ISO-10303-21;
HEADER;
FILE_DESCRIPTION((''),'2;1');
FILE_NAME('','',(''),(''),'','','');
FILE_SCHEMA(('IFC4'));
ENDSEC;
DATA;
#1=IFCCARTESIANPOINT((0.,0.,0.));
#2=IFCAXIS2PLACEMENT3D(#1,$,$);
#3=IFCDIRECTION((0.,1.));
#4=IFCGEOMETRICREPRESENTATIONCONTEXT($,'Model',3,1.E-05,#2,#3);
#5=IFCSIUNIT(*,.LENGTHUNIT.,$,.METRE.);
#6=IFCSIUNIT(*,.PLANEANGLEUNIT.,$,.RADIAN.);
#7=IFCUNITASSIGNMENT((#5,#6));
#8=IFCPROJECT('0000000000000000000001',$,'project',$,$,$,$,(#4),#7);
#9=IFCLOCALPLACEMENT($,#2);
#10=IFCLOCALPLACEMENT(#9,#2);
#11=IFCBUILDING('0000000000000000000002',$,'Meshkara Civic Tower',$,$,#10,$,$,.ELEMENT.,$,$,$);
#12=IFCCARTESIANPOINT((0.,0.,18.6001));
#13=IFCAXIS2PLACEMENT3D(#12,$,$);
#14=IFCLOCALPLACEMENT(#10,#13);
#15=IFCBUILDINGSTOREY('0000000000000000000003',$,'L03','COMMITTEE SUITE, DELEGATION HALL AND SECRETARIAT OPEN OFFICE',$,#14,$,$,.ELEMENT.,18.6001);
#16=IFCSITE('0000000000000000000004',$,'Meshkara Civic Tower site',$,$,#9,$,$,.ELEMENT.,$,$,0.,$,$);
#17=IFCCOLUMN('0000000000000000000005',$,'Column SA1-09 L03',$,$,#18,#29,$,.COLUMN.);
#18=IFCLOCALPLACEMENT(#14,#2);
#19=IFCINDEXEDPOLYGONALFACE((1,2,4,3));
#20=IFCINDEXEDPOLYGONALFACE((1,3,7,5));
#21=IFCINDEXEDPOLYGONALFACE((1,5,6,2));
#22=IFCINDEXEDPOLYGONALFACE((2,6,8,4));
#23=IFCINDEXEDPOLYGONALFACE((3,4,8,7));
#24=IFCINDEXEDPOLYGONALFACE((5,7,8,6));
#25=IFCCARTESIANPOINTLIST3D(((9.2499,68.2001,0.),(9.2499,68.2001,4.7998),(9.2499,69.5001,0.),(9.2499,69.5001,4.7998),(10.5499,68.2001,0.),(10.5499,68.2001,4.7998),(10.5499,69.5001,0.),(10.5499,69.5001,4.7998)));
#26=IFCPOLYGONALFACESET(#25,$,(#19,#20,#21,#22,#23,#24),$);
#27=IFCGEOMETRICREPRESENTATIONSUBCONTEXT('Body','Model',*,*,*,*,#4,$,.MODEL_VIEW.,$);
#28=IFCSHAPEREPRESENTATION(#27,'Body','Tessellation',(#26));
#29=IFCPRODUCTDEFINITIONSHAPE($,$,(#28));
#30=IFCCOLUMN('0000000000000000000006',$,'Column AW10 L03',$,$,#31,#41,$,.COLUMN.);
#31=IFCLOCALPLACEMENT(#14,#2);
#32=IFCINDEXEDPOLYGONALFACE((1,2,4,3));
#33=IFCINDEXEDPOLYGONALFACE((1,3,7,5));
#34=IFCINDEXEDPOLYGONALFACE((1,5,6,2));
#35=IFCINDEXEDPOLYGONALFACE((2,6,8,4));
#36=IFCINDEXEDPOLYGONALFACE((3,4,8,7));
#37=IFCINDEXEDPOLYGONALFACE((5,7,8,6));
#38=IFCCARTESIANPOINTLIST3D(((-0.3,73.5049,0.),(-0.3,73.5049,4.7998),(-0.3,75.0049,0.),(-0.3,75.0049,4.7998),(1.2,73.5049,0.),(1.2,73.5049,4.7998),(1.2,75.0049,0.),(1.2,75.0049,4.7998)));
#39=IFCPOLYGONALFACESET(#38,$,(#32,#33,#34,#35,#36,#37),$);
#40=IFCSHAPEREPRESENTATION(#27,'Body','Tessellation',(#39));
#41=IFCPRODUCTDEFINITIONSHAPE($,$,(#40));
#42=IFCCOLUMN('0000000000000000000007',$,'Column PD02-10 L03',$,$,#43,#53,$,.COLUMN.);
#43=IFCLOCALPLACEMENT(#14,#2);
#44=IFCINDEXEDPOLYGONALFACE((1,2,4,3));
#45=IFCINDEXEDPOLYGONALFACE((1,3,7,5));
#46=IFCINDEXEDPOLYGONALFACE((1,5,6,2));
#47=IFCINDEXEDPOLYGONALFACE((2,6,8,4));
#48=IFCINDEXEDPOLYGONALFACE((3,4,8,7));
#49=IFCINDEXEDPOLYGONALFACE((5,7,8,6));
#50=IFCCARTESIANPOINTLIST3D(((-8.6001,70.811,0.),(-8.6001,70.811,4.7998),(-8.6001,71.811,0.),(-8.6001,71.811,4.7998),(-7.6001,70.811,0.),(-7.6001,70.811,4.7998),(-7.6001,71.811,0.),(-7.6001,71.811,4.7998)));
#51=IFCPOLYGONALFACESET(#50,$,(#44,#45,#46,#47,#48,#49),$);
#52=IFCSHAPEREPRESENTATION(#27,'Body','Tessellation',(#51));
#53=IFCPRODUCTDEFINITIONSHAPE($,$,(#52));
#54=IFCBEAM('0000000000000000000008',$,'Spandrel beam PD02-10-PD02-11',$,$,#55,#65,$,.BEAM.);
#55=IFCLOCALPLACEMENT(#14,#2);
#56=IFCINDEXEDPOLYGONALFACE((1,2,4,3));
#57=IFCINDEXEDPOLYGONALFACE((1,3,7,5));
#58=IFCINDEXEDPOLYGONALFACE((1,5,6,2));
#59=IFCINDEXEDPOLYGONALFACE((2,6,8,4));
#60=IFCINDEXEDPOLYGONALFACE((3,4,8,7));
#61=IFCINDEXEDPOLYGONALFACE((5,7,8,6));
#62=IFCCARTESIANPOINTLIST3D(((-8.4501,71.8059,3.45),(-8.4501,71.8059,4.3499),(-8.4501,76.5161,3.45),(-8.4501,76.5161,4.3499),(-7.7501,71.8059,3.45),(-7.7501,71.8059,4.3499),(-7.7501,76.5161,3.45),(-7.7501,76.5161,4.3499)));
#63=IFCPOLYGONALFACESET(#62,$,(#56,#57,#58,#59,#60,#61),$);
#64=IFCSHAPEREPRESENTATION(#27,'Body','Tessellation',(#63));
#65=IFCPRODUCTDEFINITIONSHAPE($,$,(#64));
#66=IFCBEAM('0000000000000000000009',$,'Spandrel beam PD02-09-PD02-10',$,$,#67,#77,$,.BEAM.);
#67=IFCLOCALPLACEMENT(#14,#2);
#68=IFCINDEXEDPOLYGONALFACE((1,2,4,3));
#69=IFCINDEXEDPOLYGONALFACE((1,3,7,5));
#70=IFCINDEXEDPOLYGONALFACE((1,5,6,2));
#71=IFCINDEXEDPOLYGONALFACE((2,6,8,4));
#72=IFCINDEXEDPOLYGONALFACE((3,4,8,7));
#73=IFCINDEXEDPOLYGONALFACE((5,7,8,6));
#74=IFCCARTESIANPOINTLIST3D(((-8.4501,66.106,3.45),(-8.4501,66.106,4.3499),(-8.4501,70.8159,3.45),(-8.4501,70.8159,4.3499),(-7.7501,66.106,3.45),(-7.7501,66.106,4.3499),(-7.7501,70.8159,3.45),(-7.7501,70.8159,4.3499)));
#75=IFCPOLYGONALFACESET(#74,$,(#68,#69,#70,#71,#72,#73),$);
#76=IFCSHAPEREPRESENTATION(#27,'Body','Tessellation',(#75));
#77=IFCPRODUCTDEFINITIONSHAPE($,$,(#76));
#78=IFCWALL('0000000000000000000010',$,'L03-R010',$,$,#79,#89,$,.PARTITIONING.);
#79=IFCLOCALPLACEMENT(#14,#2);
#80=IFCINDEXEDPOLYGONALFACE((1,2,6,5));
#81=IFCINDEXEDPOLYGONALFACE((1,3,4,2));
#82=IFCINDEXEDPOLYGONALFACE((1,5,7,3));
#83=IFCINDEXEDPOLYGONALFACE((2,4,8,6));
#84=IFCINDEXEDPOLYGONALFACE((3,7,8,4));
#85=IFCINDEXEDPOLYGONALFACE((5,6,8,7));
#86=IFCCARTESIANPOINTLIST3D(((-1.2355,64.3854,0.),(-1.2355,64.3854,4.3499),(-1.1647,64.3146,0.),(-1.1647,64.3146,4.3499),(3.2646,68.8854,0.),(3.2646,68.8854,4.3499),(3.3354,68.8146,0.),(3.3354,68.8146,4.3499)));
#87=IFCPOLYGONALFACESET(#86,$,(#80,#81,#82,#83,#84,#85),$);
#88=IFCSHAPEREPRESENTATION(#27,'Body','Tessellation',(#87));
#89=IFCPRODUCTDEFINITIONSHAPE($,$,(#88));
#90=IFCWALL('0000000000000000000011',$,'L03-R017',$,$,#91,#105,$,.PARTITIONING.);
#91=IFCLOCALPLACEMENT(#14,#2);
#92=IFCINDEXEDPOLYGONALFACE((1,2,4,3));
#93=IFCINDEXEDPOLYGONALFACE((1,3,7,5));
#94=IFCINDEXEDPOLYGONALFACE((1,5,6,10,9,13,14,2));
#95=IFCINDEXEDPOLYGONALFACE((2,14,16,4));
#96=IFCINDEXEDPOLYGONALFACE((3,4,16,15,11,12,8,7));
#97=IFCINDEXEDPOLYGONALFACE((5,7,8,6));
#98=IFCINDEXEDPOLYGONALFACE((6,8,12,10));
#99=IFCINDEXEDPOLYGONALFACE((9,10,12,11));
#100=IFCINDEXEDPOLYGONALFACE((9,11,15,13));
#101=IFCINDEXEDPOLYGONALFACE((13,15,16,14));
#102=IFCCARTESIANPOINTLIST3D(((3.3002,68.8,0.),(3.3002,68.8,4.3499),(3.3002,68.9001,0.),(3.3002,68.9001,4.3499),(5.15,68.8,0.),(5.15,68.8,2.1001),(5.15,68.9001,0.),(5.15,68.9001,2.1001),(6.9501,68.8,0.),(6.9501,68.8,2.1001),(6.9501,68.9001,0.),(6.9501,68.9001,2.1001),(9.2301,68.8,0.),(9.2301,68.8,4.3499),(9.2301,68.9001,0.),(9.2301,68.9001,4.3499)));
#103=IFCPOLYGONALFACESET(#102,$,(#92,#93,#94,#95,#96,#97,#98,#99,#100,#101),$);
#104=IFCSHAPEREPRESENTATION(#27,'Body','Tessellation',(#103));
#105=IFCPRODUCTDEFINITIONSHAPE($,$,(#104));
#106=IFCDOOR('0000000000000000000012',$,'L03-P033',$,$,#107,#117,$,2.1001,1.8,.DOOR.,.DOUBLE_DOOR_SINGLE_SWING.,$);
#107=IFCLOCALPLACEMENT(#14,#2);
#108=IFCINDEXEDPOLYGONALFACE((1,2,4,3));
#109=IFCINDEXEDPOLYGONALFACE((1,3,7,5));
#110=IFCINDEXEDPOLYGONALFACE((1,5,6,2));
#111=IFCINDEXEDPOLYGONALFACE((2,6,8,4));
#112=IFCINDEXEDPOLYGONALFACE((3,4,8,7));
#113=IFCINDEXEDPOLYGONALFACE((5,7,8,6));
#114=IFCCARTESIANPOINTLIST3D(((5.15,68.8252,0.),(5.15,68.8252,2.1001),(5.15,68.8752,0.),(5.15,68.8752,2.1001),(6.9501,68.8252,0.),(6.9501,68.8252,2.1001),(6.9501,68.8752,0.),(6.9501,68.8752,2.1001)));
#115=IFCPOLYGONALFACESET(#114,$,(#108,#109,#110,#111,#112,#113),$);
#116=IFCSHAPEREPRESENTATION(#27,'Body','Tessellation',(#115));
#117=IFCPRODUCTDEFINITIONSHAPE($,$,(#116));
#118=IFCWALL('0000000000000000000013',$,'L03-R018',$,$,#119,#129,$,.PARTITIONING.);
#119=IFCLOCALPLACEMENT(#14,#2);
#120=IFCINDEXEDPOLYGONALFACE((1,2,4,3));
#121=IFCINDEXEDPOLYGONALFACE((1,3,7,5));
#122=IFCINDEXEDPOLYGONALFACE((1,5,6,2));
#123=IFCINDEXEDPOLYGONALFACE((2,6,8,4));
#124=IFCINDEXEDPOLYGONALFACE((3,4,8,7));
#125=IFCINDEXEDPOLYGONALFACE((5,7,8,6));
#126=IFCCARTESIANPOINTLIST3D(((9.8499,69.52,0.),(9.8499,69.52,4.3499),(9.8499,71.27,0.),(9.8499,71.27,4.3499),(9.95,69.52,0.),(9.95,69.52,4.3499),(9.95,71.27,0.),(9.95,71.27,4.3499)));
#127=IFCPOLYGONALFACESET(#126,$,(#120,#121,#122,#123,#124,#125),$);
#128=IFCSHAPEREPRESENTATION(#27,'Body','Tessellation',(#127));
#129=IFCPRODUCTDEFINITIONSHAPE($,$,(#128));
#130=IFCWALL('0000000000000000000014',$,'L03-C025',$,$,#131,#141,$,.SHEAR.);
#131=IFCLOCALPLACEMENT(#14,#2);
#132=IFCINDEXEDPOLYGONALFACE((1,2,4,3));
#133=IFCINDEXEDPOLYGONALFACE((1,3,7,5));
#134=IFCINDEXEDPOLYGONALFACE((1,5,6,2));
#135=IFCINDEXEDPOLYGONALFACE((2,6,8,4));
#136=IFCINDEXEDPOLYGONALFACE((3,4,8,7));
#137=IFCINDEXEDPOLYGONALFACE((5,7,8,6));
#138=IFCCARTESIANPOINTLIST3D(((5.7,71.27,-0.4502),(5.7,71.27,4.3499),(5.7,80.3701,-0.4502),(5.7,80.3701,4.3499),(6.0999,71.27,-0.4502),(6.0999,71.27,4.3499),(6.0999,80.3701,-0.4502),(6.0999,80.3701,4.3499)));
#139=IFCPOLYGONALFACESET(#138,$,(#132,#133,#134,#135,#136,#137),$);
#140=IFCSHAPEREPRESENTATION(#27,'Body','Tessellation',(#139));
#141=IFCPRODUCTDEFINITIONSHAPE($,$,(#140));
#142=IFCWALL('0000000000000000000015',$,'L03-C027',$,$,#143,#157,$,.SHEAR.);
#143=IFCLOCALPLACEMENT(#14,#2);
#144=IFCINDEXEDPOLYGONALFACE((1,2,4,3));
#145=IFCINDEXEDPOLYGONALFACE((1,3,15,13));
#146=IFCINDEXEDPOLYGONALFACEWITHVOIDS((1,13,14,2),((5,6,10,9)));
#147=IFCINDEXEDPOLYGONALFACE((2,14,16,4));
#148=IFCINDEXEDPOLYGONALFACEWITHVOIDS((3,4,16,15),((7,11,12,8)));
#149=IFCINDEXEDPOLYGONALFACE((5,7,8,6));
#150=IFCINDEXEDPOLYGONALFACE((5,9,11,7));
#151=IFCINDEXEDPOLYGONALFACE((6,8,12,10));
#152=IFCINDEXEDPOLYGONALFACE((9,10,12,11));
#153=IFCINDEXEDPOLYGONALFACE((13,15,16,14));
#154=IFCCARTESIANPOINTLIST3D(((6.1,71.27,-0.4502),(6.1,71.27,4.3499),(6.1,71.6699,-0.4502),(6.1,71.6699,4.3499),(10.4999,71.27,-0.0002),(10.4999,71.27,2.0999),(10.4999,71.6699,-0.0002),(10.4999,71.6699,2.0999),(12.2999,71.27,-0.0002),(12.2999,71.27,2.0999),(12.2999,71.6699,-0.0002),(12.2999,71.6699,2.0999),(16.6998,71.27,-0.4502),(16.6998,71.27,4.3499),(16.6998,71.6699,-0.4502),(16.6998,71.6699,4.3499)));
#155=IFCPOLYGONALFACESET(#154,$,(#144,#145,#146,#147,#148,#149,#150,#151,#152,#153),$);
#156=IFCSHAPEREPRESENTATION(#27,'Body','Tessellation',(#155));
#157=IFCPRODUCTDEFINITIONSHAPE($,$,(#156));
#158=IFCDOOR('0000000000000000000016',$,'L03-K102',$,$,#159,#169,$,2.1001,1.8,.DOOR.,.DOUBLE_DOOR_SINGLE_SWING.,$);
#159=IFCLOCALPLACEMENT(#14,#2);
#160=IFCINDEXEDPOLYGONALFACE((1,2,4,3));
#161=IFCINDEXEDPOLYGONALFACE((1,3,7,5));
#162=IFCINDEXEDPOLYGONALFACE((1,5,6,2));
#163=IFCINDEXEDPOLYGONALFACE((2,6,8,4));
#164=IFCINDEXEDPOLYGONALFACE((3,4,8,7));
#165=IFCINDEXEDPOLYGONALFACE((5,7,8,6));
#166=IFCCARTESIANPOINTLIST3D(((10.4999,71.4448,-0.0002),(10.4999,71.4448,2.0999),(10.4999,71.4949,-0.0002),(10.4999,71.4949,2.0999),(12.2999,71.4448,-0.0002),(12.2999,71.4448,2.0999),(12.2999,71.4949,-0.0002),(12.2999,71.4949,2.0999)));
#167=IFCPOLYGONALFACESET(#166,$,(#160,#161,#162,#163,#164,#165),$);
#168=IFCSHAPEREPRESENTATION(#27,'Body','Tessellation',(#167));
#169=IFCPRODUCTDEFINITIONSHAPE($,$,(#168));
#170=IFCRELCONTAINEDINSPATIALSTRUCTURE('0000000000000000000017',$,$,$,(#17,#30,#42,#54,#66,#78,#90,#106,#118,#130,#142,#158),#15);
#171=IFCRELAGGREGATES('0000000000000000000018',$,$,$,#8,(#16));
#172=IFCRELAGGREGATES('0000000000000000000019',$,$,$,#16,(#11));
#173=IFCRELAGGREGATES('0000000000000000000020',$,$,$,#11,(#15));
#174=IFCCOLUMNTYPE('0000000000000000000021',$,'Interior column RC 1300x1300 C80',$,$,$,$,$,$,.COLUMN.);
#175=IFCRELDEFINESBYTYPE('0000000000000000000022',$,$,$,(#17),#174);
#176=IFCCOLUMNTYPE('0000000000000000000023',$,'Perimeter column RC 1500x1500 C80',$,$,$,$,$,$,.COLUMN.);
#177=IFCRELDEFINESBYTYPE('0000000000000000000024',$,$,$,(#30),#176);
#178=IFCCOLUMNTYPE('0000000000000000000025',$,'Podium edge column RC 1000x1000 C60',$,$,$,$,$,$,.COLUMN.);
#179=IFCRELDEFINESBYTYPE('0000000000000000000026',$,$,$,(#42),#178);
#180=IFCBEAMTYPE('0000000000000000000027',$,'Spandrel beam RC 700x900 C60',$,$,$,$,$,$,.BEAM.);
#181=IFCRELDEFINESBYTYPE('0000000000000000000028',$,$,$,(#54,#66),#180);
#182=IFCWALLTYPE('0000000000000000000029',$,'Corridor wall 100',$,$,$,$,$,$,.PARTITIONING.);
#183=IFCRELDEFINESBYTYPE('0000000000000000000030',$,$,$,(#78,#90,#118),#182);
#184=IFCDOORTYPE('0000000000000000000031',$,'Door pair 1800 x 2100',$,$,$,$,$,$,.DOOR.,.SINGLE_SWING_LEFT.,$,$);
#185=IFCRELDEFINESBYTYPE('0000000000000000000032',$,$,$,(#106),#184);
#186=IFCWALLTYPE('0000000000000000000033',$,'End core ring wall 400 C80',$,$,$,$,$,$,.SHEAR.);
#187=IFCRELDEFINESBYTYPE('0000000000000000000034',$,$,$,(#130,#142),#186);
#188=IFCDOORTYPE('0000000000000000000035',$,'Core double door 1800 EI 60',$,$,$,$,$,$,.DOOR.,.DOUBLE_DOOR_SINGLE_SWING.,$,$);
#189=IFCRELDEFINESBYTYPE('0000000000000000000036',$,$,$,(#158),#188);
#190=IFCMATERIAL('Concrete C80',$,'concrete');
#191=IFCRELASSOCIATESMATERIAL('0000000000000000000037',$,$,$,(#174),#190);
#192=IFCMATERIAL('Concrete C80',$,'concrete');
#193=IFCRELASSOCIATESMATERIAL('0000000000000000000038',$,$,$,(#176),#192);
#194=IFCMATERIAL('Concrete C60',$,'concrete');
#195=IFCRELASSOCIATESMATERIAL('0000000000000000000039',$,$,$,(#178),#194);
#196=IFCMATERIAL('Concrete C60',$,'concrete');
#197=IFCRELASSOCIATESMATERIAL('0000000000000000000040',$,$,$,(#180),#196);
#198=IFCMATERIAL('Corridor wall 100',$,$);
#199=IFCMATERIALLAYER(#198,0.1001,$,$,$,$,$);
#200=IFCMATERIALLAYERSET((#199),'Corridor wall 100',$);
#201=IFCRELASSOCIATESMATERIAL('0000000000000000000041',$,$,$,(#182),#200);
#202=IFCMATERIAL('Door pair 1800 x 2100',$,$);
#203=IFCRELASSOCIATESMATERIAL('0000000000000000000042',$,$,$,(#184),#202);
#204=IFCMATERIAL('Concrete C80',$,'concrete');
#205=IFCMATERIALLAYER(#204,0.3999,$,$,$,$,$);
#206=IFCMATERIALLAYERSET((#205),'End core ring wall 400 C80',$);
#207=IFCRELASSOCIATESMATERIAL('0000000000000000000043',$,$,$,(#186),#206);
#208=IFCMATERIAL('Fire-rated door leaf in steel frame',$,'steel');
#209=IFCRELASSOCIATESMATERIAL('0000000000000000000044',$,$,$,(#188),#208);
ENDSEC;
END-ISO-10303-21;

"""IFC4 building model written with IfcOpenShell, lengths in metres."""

from ifc_helpers import new_model, si_unit, direction, frame, frame_2d, origin, origin_2d, place, context, subcontext, project, spatial, rectangle, extrude, material, layer, layer_set, material_profile, profile_set, type_object, element, fill, save


model = new_model("IFC4")

# Units and contexts
model_context = context("Model", 3, precision=1e-05, world=origin(), true_north=direction((0.0, 1.0)))
body_context = subcontext(model_context, "Body", "Model", "MODEL_VIEW")
ifc_project = project(units=[si_unit("LENGTHUNIT", "METRE"), si_unit("PLANEANGLEUNIT", "RADIAN")], contexts=[model_context])

# Site, building, storey
site_placement = place(None, origin())
site = spatial("IfcSite", under=ifc_project, at=site_placement, Name="Meshkara Civic Tower site", CompositionType="ELEMENT", RefElevation=0.0)
building_placement = place(site_placement, origin())
building = spatial("IfcBuilding", under=site, at=building_placement, Name="Meshkara Civic Tower", CompositionType="ELEMENT")
storey_placement = place(building_placement, frame((0.0, 0.0, 18.6001)))
storey = spatial("IfcBuildingStorey", under=building, at=storey_placement, Name="L03", Description="COMMITTEE SUITE, DELEGATION HALL AND SECRETARIAT OPEN OFFICE", CompositionType="ELEMENT", Elevation=18.6001)

# Columns
ifc_material_1 = material(Name="Concrete C80", Category="concrete")
ifc_material_profile_1 = material_profile(ifc_material_1, rectangle(XDim=1.3, YDim=1.3, at=origin_2d()))
ifc_profile_set_1 = profile_set([ifc_material_profile_1], Name="Concrete C80")
column_type_1 = type_object("IfcColumnType", Name="Interior column RC 1300x1300 C80", PredefinedType="COLUMN", material=ifc_profile_set_1)
column_1_placement = place(storey_placement, frame((9.8999, 68.8501, 0.0), z_axis=(0.0, 0.0, 1.0), x_axis=(1.0, 0.0, 0.0)))
element("IfcColumn", 1, at=column_1_placement, inside=storey, type_object=column_type_1, Name="Column SA1-09 L03", PredefinedType="COLUMN", context=body_context, shape_type="SweptSolid", body=[
    extrude(rectangle(XDim=1.3, YDim=1.3, at=origin_2d()), origin(), (0.0, 0.0, 1.0), 4.7998),
])
ifc_material_2 = material(Name="Concrete C80", Category="concrete")
ifc_material_profile_2 = material_profile(ifc_material_2, rectangle(XDim=1.5, YDim=1.5, at=origin_2d()))
ifc_profile_set_2 = profile_set([ifc_material_profile_2], Name="Concrete C80")
column_type_2 = type_object("IfcColumnType", Name="Perimeter column RC 1500x1500 C80", PredefinedType="COLUMN", material=ifc_profile_set_2)
column_2_placement = place(storey_placement, frame((0.45, 74.2549, 0.0), z_axis=(0.0, 0.0, 1.0), x_axis=(1.0, 0.0, 0.0)))
element("IfcColumn", 2, at=column_2_placement, inside=storey, type_object=column_type_2, Name="Column AW10 L03", PredefinedType="COLUMN", context=body_context, shape_type="SweptSolid", body=[
    extrude(rectangle(XDim=1.5, YDim=1.5, at=origin_2d()), origin(), (0.0, 0.0, 1.0), 4.7998),
])
ifc_material_3 = material(Name="Concrete C60", Category="concrete")
ifc_material_profile_3 = material_profile(ifc_material_3, rectangle(XDim=1.0, YDim=1.0, at=origin_2d()))
ifc_profile_set_3 = profile_set([ifc_material_profile_3], Name="Concrete C60")
column_type_3 = type_object("IfcColumnType", Name="Podium edge column RC 1000x1000 C60", PredefinedType="COLUMN", material=ifc_profile_set_3)
column_3_placement = place(storey_placement, frame((-8.1001, 71.311, 0.0), z_axis=(0.0, 0.0, 1.0), x_axis=(1.0, 0.0, 0.0)))
element("IfcColumn", 3, at=column_3_placement, inside=storey, type_object=column_type_3, Name="Column PD02-10 L03", PredefinedType="COLUMN", context=body_context, shape_type="SweptSolid", body=[
    extrude(rectangle(XDim=1.0, YDim=1.0, at=origin_2d()), origin(), (0.0, 0.0, 1.0), 4.7998),
])

# Beams
ifc_material_4 = material(Name="Concrete C60", Category="concrete")
ifc_material_profile_4 = material_profile(ifc_material_4, rectangle(XDim=0.7, YDim=0.8999, at=origin_2d()))
ifc_profile_set_4 = profile_set([ifc_material_profile_4], Name="Concrete C60")
beam_type = type_object("IfcBeamType", Name="Spandrel beam RC 700x900 C60", PredefinedType="BEAM", material=ifc_profile_set_4)
beam_1_placement = place(storey_placement, frame((-8.1001, 76.5161, 3.8999), z_axis=(0.0, -1.0, 0.0), x_axis=(1.0, 0.0, 0.0)))
element("IfcBeam", 4, at=beam_1_placement, inside=storey, type_object=beam_type, Name="Spandrel beam PD02-10-PD02-11", PredefinedType="BEAM", context=body_context, shape_type="SweptSolid", body=[
    extrude(rectangle(XDim=0.7, YDim=0.8999, at=origin_2d()), origin(), (0.0, 0.0, 1.0), 4.7102),
])
beam_2_placement = place(storey_placement, frame((-8.1001, 70.8159, 3.8999), z_axis=(0.0, -1.0, 0.0), x_axis=(1.0, 0.0, 0.0)))
element("IfcBeam", 5, at=beam_2_placement, inside=storey, type_object=beam_type, Name="Spandrel beam PD02-09-PD02-10", PredefinedType="BEAM", context=body_context, shape_type="SweptSolid", body=[
    extrude(rectangle(XDim=0.7, YDim=0.8999, at=origin_2d()), origin(), (0.0, 0.0, 1.0), 4.71),
])

# Wall
ifc_material_5 = material(Name="Corridor wall 100")
ifc_layer_1 = layer(ifc_material_5, 0.1001)
ifc_layer_set_1 = layer_set([ifc_layer_1], Name="Corridor wall 100")
wall_type_1 = type_object("IfcWallType", Name="Corridor wall 100", PredefinedType="PARTITIONING", material=ifc_layer_set_1)
wall_1_placement = place(storey_placement, frame((3.3, 68.8501, 0.0), z_axis=(0.0, 0.0, 1.0), x_axis=(-0.707107, -0.707107, 0.0)))
element("IfcWall", 6, at=wall_1_placement, inside=storey, type_object=wall_type_1, Name="L03-R010", PredefinedType="PARTITIONING", context=body_context, shape_type="SweptSolid", body=[
    extrude(rectangle(XDim=6.364, YDim=0.1001, at=frame_2d((3.1821, 0.0))), origin(), (0.0, 0.0, 1.0), 4.3499),
])

# Wall, opening, door
wall_2_placement = place(storey_placement, frame((9.23, 68.8501, 0.0), z_axis=(0.0, 0.0, 1.0), x_axis=(-1.0, 0.0, 0.0)))
wall_2 = element("IfcWall", 7, at=wall_2_placement, inside=storey, type_object=wall_type_1, Name="L03-R017", PredefinedType="PARTITIONING", context=body_context, shape_type="SweptSolid", body=[
    extrude(rectangle(XDim=5.9299, YDim=0.1001, at=frame_2d((2.9648, 0.0))), origin(), (0.0, 0.0, 1.0), 4.3499),
])
opening_1_placement = place(wall_2_placement, frame((2.28, 0.0, 0.0)))
opening_1 = element("IfcOpeningElement", 8, at=opening_1_placement, cuts=wall_2, PredefinedType="OPENING", context=body_context, shape_type="SweptSolid", body=[
    extrude(rectangle(XDim=1.8, YDim=2.1001, at=frame_2d((0.8999, 1.05))), frame((0.0, 0.0601, 0.0), z_axis=(0.0, -1.0, 0.0), x_axis=(1.0, 0.0, 0.0)), (0.0, 0.0, 1.0), 0.1201),
])
ifc_material_6 = material(Name="Door pair 1800 x 2100")
door_type_1 = type_object("IfcDoorType", Name="Door pair 1800 x 2100", OperationType="SINGLE_SWING_LEFT", PredefinedType="DOOR", material=ifc_material_6)
door_1_placement = place(opening_1_placement, origin())
door_1 = element("IfcDoor", 9, at=door_1_placement, inside=storey, type_object=door_type_1, Name="L03-P033", OperationType="DOUBLE_DOOR_SINGLE_SWING", OverallHeight=2.1001, OverallWidth=1.8, PredefinedType="DOOR", context=body_context, shape_type="SweptSolid", body=[
    extrude(rectangle(XDim=1.8, YDim=2.1001, at=frame_2d((0.8999, 1.05))), frame((0.0, 0.0249, 0.0), z_axis=(0.0, -1.0, 0.0), x_axis=(1.0, 0.0, 0.0)), (0.0, 0.0, 1.0), 0.05),
])
fill(opening_1, door_1)

# Walls
wall_3_placement = place(storey_placement, frame((9.8999, 71.27, 0.0), z_axis=(0.0, 0.0, 1.0), x_axis=(0.0, -1.0, 0.0)))
element("IfcWall", 10, at=wall_3_placement, inside=storey, type_object=wall_type_1, Name="L03-R018", PredefinedType="PARTITIONING", context=body_context, shape_type="SweptSolid", body=[
    extrude(rectangle(XDim=1.75, YDim=0.1001, at=frame_2d((0.875, 0.0))), origin(), (0.0, 0.0, 1.0), 4.3499),
])
ifc_material_7 = material(Name="Concrete C80", Category="concrete")
ifc_layer_2 = layer(ifc_material_7, 0.3999)
ifc_layer_set_2 = layer_set([ifc_layer_2], Name="End core ring wall 400 C80")
wall_type_2 = type_object("IfcWallType", Name="End core ring wall 400 C80", PredefinedType="SHEAR", material=ifc_layer_set_2)
wall_4_placement = place(storey_placement, frame((5.8999, 71.27, -0.4502), z_axis=(0.0, 0.0, 1.0), x_axis=(0.0, 1.0, 0.0)))
element("IfcWall", 11, at=wall_4_placement, inside=storey, type_object=wall_type_2, Name="L03-C025", PredefinedType="SHEAR", context=body_context, shape_type="SweptSolid", body=[
    extrude(rectangle(XDim=9.1001, YDim=0.3999, at=frame_2d((4.55, 0.0))), origin(), (0.0, 0.0, 1.0), 4.8),
])

# Wall, opening, door
wall_5_placement = place(storey_placement, frame((6.1001, 71.47, -0.4502), z_axis=(0.0, 0.0, 1.0), x_axis=(1.0, 0.0, 0.0)))
wall_5 = element("IfcWall", 12, at=wall_5_placement, inside=storey, type_object=wall_type_2, Name="L03-C027", PredefinedType="SHEAR", context=body_context, shape_type="SweptSolid", body=[
    extrude(rectangle(XDim=10.5999, YDim=0.3999, at=frame_2d((5.2998, 0.0))), origin(), (0.0, 0.0, 1.0), 4.8),
])
opening_2_placement = place(wall_5_placement, frame((4.3999, 0.0, 0.45)))
opening_2 = element("IfcOpeningElement", 13, at=opening_2_placement, cuts=wall_5, PredefinedType="OPENING", context=body_context, shape_type="SweptSolid", body=[
    extrude(rectangle(XDim=1.8, YDim=2.1001, at=frame_2d((0.8999, 1.05))), frame((0.0, 0.21, 0.0), z_axis=(0.0, -1.0, 0.0), x_axis=(1.0, 0.0, 0.0)), (0.0, 0.0, 1.0), 0.4199),
])
ifc_material_8 = material(Name="Fire-rated door leaf in steel frame", Category="steel")
door_type_2 = type_object("IfcDoorType", Name="Core double door 1800 EI 60", OperationType="DOUBLE_DOOR_SINGLE_SWING", PredefinedType="DOOR", material=ifc_material_8)
door_2_placement = place(opening_2_placement, origin())
door_2 = element("IfcDoor", 14, at=door_2_placement, inside=storey, type_object=door_type_2, Name="L03-K102", OperationType="DOUBLE_DOOR_SINGLE_SWING", OverallHeight=2.1001, OverallWidth=1.8, PredefinedType="DOOR", context=body_context, shape_type="SweptSolid", body=[
    extrude(rectangle(XDim=1.8, YDim=2.1001, at=frame_2d((0.8999, 1.05))), frame((0.0, 0.0249, 0.0), z_axis=(0.0, -1.0, 0.0), x_axis=(1.0, 0.0, 0.0)), (0.0, 0.0, 1.0), 0.05),
])
fill(opening_2, door_2)

save(model, "model.ifc")
